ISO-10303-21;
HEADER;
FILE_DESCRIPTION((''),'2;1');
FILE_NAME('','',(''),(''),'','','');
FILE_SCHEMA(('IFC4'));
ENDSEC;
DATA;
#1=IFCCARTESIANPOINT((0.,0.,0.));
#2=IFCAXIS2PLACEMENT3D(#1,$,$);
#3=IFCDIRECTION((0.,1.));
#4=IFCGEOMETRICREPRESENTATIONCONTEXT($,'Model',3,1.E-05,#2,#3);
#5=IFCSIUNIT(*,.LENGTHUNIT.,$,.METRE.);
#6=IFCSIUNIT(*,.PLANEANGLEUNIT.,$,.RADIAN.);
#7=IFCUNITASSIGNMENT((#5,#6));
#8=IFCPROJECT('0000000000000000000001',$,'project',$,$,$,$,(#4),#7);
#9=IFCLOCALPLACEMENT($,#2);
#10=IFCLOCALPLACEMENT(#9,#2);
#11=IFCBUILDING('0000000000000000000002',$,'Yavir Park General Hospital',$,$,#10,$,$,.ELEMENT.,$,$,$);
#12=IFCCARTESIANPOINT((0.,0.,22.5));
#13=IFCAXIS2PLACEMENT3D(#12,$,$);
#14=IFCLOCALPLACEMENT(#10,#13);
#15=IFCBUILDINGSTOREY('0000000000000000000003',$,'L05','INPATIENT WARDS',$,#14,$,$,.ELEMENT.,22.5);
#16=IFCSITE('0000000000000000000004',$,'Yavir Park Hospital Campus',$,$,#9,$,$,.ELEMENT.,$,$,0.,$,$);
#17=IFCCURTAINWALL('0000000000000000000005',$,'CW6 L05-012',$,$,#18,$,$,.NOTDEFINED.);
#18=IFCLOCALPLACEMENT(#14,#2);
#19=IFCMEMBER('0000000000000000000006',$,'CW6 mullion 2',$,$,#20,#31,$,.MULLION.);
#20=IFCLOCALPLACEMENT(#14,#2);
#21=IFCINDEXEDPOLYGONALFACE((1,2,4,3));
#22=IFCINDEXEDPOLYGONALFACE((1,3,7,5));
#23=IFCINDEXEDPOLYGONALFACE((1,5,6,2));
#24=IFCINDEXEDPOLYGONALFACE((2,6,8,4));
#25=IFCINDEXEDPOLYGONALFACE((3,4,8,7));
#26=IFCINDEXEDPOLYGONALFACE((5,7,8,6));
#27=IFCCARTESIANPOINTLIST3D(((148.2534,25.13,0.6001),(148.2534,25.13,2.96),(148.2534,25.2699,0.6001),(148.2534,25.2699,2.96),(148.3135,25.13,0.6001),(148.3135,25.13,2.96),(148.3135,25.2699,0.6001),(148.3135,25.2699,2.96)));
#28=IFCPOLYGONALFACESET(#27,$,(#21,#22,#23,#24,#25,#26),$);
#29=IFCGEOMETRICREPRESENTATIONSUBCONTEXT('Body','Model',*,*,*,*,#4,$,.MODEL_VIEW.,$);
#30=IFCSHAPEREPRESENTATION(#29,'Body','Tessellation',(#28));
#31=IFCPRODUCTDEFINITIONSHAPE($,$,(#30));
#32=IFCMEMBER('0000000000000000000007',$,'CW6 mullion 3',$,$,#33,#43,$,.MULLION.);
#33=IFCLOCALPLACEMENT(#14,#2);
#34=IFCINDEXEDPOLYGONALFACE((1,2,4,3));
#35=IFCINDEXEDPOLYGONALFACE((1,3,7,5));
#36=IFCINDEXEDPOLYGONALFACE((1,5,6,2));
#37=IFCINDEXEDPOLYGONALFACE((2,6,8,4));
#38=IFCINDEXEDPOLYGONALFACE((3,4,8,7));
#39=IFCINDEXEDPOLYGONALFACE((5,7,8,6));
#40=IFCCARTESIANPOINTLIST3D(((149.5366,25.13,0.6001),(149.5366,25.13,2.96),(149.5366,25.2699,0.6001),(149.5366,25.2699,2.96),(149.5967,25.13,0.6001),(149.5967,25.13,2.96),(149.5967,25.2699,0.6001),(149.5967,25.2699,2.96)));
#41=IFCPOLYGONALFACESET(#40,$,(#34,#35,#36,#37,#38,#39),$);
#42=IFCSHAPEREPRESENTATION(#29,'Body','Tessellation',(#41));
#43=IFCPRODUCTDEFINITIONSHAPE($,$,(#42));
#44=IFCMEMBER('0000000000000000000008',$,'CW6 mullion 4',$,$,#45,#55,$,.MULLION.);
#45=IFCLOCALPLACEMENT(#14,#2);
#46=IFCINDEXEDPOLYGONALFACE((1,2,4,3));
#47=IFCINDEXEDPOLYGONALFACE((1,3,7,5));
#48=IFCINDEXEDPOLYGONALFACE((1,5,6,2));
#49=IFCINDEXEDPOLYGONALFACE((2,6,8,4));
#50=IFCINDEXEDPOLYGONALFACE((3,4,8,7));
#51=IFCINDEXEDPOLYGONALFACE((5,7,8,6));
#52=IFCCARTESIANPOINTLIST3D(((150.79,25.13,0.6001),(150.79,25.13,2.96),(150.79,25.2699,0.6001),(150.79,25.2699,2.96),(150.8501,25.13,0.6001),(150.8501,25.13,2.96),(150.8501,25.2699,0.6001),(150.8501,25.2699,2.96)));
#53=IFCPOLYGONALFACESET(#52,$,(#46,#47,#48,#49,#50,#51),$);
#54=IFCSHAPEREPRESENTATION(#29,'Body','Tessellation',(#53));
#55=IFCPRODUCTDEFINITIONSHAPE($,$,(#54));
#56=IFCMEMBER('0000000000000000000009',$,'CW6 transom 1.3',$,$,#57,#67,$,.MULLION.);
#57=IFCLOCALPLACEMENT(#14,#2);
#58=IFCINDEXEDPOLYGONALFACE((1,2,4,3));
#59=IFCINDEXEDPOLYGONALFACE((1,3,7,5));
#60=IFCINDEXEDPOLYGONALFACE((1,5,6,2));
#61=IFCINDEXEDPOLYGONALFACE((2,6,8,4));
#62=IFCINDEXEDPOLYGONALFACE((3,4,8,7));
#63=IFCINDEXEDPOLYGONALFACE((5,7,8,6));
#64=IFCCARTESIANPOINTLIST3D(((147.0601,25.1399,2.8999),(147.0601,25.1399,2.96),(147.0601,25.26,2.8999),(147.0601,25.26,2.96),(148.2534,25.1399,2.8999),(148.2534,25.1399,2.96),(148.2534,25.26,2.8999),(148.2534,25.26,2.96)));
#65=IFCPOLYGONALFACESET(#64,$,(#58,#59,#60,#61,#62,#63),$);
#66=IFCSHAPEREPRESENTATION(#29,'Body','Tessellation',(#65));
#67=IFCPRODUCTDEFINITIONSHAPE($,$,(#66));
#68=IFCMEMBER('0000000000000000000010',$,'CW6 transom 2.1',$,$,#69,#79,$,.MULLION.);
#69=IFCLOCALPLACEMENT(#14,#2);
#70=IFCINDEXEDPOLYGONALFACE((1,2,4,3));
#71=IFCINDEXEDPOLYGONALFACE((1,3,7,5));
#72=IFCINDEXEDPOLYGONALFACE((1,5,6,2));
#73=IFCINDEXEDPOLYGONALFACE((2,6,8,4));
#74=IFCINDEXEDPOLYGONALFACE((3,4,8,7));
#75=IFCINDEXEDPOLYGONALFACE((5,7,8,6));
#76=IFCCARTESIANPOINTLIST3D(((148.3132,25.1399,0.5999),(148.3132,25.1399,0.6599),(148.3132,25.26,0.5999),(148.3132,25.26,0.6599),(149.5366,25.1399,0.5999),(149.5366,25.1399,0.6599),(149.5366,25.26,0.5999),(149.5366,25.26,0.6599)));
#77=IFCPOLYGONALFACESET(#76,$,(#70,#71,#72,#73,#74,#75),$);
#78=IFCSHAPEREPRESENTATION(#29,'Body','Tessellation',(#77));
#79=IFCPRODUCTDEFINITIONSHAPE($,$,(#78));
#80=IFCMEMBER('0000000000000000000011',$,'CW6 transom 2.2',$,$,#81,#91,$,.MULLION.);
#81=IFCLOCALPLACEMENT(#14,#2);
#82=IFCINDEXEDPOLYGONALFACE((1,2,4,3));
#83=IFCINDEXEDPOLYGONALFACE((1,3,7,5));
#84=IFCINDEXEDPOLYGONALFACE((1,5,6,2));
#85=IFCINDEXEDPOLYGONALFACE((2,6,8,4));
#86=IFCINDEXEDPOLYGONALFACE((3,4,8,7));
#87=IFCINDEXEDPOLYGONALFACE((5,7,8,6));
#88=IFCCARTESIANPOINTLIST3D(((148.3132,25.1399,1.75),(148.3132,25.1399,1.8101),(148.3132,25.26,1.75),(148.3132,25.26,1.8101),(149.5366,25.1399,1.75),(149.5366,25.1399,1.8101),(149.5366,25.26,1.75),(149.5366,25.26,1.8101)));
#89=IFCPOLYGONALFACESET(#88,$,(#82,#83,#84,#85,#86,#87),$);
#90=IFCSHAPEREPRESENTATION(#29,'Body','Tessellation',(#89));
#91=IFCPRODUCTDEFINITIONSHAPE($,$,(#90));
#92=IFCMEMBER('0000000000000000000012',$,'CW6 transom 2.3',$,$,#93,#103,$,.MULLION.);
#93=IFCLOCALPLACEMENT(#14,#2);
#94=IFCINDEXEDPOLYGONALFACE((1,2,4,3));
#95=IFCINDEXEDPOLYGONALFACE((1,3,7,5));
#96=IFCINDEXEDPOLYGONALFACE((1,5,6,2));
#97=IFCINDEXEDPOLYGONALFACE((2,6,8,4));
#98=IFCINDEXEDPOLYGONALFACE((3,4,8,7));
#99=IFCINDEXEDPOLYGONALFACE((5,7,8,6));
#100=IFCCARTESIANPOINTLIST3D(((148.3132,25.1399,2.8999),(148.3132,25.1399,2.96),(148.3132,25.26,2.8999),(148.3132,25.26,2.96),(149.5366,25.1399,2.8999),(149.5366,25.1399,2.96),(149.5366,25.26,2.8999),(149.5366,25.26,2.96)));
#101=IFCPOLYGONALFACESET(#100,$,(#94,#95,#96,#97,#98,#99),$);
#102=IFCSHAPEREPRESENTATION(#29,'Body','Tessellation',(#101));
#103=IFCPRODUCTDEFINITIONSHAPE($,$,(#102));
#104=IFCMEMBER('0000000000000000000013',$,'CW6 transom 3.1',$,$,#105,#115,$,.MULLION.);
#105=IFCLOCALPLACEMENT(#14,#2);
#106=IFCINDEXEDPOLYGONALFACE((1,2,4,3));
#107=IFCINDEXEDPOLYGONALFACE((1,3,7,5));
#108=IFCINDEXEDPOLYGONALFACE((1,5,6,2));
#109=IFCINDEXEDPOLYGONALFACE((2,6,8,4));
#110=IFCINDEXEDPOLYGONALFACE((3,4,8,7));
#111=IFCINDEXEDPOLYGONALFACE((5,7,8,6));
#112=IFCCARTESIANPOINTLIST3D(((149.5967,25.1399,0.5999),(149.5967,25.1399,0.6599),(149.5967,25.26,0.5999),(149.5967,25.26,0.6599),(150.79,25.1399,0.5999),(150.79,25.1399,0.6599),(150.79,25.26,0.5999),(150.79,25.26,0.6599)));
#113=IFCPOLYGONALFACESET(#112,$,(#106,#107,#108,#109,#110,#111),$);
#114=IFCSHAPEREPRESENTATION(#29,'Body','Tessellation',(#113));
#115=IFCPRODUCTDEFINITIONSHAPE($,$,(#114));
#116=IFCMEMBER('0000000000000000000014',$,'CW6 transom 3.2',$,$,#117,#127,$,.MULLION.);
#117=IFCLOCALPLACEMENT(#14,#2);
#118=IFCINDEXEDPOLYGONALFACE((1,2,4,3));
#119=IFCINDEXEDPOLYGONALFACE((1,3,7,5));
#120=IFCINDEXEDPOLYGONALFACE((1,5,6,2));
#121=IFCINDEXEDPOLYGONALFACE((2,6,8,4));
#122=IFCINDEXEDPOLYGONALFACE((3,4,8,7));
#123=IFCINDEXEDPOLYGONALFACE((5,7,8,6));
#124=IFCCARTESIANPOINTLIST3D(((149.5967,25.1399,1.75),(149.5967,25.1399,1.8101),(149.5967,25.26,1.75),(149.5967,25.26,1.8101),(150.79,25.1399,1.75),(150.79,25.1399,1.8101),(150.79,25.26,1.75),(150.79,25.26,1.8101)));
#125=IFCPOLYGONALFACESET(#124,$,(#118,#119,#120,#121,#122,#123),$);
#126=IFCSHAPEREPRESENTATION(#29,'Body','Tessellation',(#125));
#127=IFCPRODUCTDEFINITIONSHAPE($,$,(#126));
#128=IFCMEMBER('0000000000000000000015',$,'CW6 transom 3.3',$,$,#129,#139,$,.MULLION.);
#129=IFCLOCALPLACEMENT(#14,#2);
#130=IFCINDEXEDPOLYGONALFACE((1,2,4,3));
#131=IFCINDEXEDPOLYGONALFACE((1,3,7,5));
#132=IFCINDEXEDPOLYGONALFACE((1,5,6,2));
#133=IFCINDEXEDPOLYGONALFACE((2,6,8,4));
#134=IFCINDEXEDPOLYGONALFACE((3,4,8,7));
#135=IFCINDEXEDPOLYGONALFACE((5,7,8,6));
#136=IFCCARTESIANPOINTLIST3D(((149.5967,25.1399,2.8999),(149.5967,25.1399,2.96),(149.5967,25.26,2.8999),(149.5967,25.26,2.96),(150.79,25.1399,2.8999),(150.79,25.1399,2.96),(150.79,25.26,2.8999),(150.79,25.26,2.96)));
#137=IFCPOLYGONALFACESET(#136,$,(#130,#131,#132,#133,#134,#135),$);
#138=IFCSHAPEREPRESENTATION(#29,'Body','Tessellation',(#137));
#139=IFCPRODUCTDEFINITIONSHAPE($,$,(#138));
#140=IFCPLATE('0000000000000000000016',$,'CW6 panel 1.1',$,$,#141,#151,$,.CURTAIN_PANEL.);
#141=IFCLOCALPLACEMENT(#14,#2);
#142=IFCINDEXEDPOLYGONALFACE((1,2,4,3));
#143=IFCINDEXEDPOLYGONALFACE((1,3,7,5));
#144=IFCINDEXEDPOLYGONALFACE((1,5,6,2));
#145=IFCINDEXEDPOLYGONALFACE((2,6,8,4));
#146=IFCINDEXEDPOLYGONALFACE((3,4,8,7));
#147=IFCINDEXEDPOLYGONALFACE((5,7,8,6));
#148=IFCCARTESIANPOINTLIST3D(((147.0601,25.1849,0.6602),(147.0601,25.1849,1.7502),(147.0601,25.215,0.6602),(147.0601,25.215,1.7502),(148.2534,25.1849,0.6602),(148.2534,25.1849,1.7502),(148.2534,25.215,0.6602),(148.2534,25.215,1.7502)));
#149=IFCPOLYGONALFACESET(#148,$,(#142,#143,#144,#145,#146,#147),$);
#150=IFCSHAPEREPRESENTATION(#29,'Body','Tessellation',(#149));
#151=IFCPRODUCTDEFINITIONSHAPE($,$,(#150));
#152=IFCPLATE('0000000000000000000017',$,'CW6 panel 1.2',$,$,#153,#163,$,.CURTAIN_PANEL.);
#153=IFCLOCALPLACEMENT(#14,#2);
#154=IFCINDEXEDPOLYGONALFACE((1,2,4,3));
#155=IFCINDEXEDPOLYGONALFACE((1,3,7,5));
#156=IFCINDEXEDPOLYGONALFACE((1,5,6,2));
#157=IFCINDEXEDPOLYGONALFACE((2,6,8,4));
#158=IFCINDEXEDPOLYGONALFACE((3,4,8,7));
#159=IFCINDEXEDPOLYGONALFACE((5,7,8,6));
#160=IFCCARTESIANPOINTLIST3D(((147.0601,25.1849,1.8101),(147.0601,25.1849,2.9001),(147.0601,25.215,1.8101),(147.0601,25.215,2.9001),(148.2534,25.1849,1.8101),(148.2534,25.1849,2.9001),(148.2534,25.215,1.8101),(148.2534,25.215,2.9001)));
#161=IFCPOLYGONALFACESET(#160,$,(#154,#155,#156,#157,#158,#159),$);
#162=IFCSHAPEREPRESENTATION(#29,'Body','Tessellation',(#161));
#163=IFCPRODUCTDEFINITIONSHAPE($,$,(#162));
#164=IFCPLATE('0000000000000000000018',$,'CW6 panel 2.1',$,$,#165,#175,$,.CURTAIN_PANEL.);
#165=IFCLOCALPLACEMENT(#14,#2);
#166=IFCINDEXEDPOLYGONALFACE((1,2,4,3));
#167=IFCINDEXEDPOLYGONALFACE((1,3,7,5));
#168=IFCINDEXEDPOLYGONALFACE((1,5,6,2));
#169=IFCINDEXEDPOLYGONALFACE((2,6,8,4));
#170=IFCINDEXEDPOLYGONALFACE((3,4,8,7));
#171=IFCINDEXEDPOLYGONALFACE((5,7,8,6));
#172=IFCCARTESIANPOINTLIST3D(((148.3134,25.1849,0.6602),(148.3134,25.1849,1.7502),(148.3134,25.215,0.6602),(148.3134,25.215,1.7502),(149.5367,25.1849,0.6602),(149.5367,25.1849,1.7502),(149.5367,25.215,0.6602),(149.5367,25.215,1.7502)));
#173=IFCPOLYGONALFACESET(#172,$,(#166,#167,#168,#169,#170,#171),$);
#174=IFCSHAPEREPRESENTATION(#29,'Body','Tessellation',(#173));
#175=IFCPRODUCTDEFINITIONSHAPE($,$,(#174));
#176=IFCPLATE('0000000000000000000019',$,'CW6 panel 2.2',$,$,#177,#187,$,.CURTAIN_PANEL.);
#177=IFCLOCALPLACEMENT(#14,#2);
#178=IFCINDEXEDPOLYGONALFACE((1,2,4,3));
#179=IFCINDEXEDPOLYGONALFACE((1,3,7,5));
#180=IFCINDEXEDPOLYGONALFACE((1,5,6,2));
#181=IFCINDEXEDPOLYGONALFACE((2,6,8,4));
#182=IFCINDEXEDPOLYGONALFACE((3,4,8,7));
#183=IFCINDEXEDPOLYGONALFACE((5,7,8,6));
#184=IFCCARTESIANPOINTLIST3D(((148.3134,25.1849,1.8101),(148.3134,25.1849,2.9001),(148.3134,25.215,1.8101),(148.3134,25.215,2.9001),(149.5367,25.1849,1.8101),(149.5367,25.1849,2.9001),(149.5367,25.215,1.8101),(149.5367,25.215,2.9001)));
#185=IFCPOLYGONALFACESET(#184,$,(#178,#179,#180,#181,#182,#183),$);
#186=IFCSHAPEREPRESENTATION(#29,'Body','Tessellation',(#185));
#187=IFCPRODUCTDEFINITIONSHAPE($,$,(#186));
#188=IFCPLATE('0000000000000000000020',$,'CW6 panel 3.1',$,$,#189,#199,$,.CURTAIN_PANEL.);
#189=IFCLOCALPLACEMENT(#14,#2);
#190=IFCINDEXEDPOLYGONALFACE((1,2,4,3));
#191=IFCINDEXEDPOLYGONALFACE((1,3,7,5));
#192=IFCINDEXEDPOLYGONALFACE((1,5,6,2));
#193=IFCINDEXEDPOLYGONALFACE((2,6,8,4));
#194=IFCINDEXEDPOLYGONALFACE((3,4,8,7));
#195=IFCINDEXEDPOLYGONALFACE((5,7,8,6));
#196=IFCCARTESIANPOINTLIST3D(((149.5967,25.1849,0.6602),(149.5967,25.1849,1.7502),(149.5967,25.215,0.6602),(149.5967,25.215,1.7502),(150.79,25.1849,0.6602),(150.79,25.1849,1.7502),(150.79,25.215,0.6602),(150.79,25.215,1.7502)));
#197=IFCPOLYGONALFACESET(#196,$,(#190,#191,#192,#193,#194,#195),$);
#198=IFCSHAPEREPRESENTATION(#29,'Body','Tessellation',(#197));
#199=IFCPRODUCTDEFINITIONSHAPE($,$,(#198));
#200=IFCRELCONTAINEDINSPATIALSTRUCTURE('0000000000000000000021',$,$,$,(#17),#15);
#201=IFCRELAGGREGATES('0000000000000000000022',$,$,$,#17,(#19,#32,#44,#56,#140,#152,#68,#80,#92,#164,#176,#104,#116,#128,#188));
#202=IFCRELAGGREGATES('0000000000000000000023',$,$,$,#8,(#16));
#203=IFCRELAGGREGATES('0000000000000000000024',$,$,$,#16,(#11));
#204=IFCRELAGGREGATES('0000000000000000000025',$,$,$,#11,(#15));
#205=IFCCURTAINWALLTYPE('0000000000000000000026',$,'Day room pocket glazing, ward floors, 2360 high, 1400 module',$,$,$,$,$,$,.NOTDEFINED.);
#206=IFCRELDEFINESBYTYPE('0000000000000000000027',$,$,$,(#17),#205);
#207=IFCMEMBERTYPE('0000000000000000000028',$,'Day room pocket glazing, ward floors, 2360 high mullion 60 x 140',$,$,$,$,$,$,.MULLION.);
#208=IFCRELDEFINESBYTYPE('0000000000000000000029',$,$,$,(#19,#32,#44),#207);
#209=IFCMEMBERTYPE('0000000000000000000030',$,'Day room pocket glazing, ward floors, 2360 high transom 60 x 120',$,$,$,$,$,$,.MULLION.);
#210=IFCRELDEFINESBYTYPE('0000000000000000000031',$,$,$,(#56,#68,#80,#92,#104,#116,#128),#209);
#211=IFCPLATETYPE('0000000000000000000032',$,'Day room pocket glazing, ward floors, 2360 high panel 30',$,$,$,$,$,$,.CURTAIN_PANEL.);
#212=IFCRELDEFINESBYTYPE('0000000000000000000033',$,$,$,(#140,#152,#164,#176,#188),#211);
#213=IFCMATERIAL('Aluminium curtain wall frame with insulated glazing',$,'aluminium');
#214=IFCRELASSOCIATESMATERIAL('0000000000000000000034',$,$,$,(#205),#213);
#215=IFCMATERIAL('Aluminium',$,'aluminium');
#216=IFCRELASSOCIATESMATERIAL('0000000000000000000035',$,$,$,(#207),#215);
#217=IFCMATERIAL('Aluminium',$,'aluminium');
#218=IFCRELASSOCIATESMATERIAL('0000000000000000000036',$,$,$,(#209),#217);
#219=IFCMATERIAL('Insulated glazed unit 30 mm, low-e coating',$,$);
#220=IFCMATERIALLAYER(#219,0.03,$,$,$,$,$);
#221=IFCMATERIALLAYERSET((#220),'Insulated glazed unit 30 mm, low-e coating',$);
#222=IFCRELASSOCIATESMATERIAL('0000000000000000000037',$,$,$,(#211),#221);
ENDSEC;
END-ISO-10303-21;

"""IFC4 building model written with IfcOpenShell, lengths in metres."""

from ifc_helpers import new_model, si_unit, direction, frame, origin, origin_2d, place, context, subcontext, project, spatial, rectangle, extrude, material, layer, layer_set, material_profile, profile_set, type_object, element, aggregate, save


model = new_model("IFC4")

# Units and contexts
model_context = context("Model", 3, precision=1e-05, world=origin(), true_north=direction((0.0, 1.0)))
body_context = subcontext(model_context, "Body", "Model", "MODEL_VIEW")
ifc_project = project(units=[si_unit("LENGTHUNIT", "METRE"), si_unit("PLANEANGLEUNIT", "RADIAN")], contexts=[model_context])

# Site, building, storey
site_placement = place(None, origin())
site = spatial("IfcSite", under=ifc_project, at=site_placement, Name="Yavir Park Hospital Campus", CompositionType="ELEMENT", RefElevation=0.0)
building_placement = place(site_placement, origin())
building = spatial("IfcBuilding", under=site, at=building_placement, Name="Yavir Park General Hospital", CompositionType="ELEMENT")
storey_placement = place(building_placement, frame((0.0, 0.0, 22.5)))
storey = spatial("IfcBuildingStorey", under=building, at=storey_placement, Name="L05", Description="INPATIENT WARDS", CompositionType="ELEMENT", Elevation=22.5)

# Curtain wall, members, plates
ifc_material_1 = material(Name="Aluminium curtain wall frame with insulated glazing", Category="aluminium")
curtain_wall_type = type_object("IfcCurtainWallType", Name="Day room pocket glazing, ward floors, 2360 high, 1400 module", PredefinedType="NOTDEFINED", material=ifc_material_1)
curtain_wall_placement = place(storey_placement, origin())
curtain_wall = element("IfcCurtainWall", 1, at=curtain_wall_placement, inside=storey, type_object=curtain_wall_type, Name="CW6 L05-012", PredefinedType="NOTDEFINED")
ifc_material_2 = material(Name="Aluminium", Category="aluminium")
ifc_material_profile_1 = material_profile(ifc_material_2, rectangle(XDim=0.1399, YDim=0.0601, at=origin_2d()), Name="AL 60x140")
ifc_profile_set_1 = profile_set([ifc_material_profile_1], Name="Aluminium")
member_type_1 = type_object("IfcMemberType", Name="Day room pocket glazing, ward floors, 2360 high mullion 60 x 140", PredefinedType="MULLION", material=ifc_profile_set_1)
member_1_placement = place(storey_placement, frame((148.2834, 25.2, 0.6001), z_axis=(0.0, 0.0, 1.0), x_axis=(0.0, 1.0, 0.0)))
member_1 = element("IfcMember", 2, at=member_1_placement, type_object=member_type_1, Name="CW6 mullion 2", PredefinedType="MULLION", context=body_context, shape_type="SweptSolid", body=[
    extrude(rectangle(XDim=0.1399, YDim=0.0601, at=origin_2d()), origin(), (0.0, 0.0, 1.0), 2.3599),
])
member_2_placement = place(storey_placement, frame((149.5667, 25.2, 0.6001), z_axis=(0.0, 0.0, 1.0), x_axis=(0.0, 1.0, 0.0)))
member_2 = element("IfcMember", 3, at=member_2_placement, type_object=member_type_1, Name="CW6 mullion 3", PredefinedType="MULLION", context=body_context, shape_type="SweptSolid", body=[
    extrude(rectangle(XDim=0.1399, YDim=0.0601, at=origin_2d()), origin(), (0.0, 0.0, 1.0), 2.3599),
])
member_3_placement = place(storey_placement, frame((150.8201, 25.2, 0.6001), z_axis=(0.0, 0.0, 1.0), x_axis=(0.0, 1.0, 0.0)))
member_3 = element("IfcMember", 4, at=member_3_placement, type_object=member_type_1, Name="CW6 mullion 4", PredefinedType="MULLION", context=body_context, shape_type="SweptSolid", body=[
    extrude(rectangle(XDim=0.1399, YDim=0.0601, at=origin_2d()), origin(), (0.0, 0.0, 1.0), 2.3599),
])
ifc_material_3 = material(Name="Aluminium", Category="aluminium")
ifc_material_profile_2 = material_profile(ifc_material_3, rectangle(XDim=0.1201, YDim=0.0601, at=origin_2d()), Name="AL 120x60")
ifc_profile_set_2 = profile_set([ifc_material_profile_2], Name="Aluminium")
member_type_2 = type_object("IfcMemberType", Name="Day room pocket glazing, ward floors, 2360 high transom 60 x 120", PredefinedType="MULLION", material=ifc_profile_set_2)
member_4_placement = place(storey_placement, frame((147.0601, 25.2, 2.9299), z_axis=(1.0, 0.0, 0.0), x_axis=(0.0, 1.0, 0.0)))
member_4 = element("IfcMember", 5, at=member_4_placement, type_object=member_type_2, Name="CW6 transom 1.3", PredefinedType="MULLION", context=body_context, shape_type="SweptSolid", body=[
    extrude(rectangle(XDim=0.1201, YDim=0.0601, at=origin_2d()), origin(), (0.0, 0.0, 1.0), 1.1934),
])
member_5_placement = place(storey_placement, frame((148.3132, 25.2, 0.6299), z_axis=(1.0, 0.0, 0.0), x_axis=(0.0, 1.0, 0.0)))
member_5 = element("IfcMember", 6, at=member_5_placement, type_object=member_type_2, Name="CW6 transom 2.1", PredefinedType="MULLION", context=body_context, shape_type="SweptSolid", body=[
    extrude(rectangle(XDim=0.1201, YDim=0.0601, at=origin_2d()), origin(), (0.0, 0.0, 1.0), 1.2234),
])
member_6_placement = place(storey_placement, frame((148.3132, 25.2, 1.78), z_axis=(1.0, 0.0, 0.0), x_axis=(0.0, 1.0, 0.0)))
member_6 = element("IfcMember", 7, at=member_6_placement, type_object=member_type_2, Name="CW6 transom 2.2", PredefinedType="MULLION", context=body_context, shape_type="SweptSolid", body=[
    extrude(rectangle(XDim=0.1201, YDim=0.0601, at=origin_2d()), origin(), (0.0, 0.0, 1.0), 1.2234),
])
member_7_placement = place(storey_placement, frame((148.3132, 25.2, 2.9299), z_axis=(1.0, 0.0, 0.0), x_axis=(0.0, 1.0, 0.0)))
member_7 = element("IfcMember", 8, at=member_7_placement, type_object=member_type_2, Name="CW6 transom 2.3", PredefinedType="MULLION", context=body_context, shape_type="SweptSolid", body=[
    extrude(rectangle(XDim=0.1201, YDim=0.0601, at=origin_2d()), origin(), (0.0, 0.0, 1.0), 1.2234),
])
member_8_placement = place(storey_placement, frame((149.5967, 25.2, 0.6299), z_axis=(1.0, 0.0, 0.0), x_axis=(0.0, 1.0, 0.0)))
member_8 = element("IfcMember", 9, at=member_8_placement, type_object=member_type_2, Name="CW6 transom 3.1", PredefinedType="MULLION", context=body_context, shape_type="SweptSolid", body=[
    extrude(rectangle(XDim=0.1201, YDim=0.0601, at=origin_2d()), origin(), (0.0, 0.0, 1.0), 1.1934),
])
member_9_placement = place(storey_placement, frame((149.5967, 25.2, 1.78), z_axis=(1.0, 0.0, 0.0), x_axis=(0.0, 1.0, 0.0)))
member_9 = element("IfcMember", 10, at=member_9_placement, type_object=member_type_2, Name="CW6 transom 3.2", PredefinedType="MULLION", context=body_context, shape_type="SweptSolid", body=[
    extrude(rectangle(XDim=0.1201, YDim=0.0601, at=origin_2d()), origin(), (0.0, 0.0, 1.0), 1.1934),
])
member_10_placement = place(storey_placement, frame((149.5967, 25.2, 2.9299), z_axis=(1.0, 0.0, 0.0), x_axis=(0.0, 1.0, 0.0)))
member_10 = element("IfcMember", 11, at=member_10_placement, type_object=member_type_2, Name="CW6 transom 3.3", PredefinedType="MULLION", context=body_context, shape_type="SweptSolid", body=[
    extrude(rectangle(XDim=0.1201, YDim=0.0601, at=origin_2d()), origin(), (0.0, 0.0, 1.0), 1.1934),
])
ifc_material_4 = material(Name="Insulated glazed unit 30 mm, low-e coating")
ifc_layer_1 = layer(ifc_material_4, 0.03)
ifc_layer_set_1 = layer_set([ifc_layer_1], Name="Insulated glazed unit 30 mm, low-e coating")
plate_type = type_object("IfcPlateType", Name="Day room pocket glazing, ward floors, 2360 high panel 30", PredefinedType="CURTAIN_PANEL", material=ifc_layer_set_1)
plate_1_placement = place(storey_placement, frame((147.6567, 25.2, 0.6602), z_axis=(0.0, 0.0, 1.0), x_axis=(1.0, 0.0, 0.0)))
plate_1 = element("IfcPlate", 12, at=plate_1_placement, type_object=plate_type, Name="CW6 panel 1.1", PredefinedType="CURTAIN_PANEL", context=body_context, shape_type="SweptSolid", body=[
    extrude(rectangle(XDim=1.1934, YDim=0.03, at=origin_2d()), origin(), (0.0, 0.0, 1.0), 1.0901),
])
plate_2_placement = place(storey_placement, frame((147.6567, 25.2, 1.8101), z_axis=(0.0, 0.0, 1.0), x_axis=(1.0, 0.0, 0.0)))
plate_2 = element("IfcPlate", 13, at=plate_2_placement, type_object=plate_type, Name="CW6 panel 1.2", PredefinedType="CURTAIN_PANEL", context=body_context, shape_type="SweptSolid", body=[
    extrude(rectangle(XDim=1.1934, YDim=0.03, at=origin_2d()), origin(), (0.0, 0.0, 1.0), 1.0901),
])
plate_3_placement = place(storey_placement, frame((148.925, 25.2, 0.6602), z_axis=(0.0, 0.0, 1.0), x_axis=(1.0, 0.0, 0.0)))
plate_3 = element("IfcPlate", 14, at=plate_3_placement, type_object=plate_type, Name="CW6 panel 2.1", PredefinedType="CURTAIN_PANEL", context=body_context, shape_type="SweptSolid", body=[
    extrude(rectangle(XDim=1.2234, YDim=0.03, at=origin_2d()), origin(), (0.0, 0.0, 1.0), 1.0901),
])
plate_4_placement = place(storey_placement, frame((148.925, 25.2, 1.8101), z_axis=(0.0, 0.0, 1.0), x_axis=(1.0, 0.0, 0.0)))
plate_4 = element("IfcPlate", 15, at=plate_4_placement, type_object=plate_type, Name="CW6 panel 2.2", PredefinedType="CURTAIN_PANEL", context=body_context, shape_type="SweptSolid", body=[
    extrude(rectangle(XDim=1.2234, YDim=0.03, at=origin_2d()), origin(), (0.0, 0.0, 1.0), 1.0901),
])
plate_5_placement = place(storey_placement, frame((150.1934, 25.2, 0.6602), z_axis=(0.0, 0.0, 1.0), x_axis=(1.0, 0.0, 0.0)))
plate_5 = element("IfcPlate", 16, at=plate_5_placement, type_object=plate_type, Name="CW6 panel 3.1", PredefinedType="CURTAIN_PANEL", context=body_context, shape_type="SweptSolid", body=[
    extrude(rectangle(XDim=1.1934, YDim=0.03, at=origin_2d()), origin(), (0.0, 0.0, 1.0), 1.0901),
])
aggregate(curtain_wall, [member_1, member_2, member_3, member_4, plate_1, plate_2, member_5, member_6, member_7, plate_3, plate_4, member_8, member_9, member_10, plate_5])

save(model, "model.ifc")
